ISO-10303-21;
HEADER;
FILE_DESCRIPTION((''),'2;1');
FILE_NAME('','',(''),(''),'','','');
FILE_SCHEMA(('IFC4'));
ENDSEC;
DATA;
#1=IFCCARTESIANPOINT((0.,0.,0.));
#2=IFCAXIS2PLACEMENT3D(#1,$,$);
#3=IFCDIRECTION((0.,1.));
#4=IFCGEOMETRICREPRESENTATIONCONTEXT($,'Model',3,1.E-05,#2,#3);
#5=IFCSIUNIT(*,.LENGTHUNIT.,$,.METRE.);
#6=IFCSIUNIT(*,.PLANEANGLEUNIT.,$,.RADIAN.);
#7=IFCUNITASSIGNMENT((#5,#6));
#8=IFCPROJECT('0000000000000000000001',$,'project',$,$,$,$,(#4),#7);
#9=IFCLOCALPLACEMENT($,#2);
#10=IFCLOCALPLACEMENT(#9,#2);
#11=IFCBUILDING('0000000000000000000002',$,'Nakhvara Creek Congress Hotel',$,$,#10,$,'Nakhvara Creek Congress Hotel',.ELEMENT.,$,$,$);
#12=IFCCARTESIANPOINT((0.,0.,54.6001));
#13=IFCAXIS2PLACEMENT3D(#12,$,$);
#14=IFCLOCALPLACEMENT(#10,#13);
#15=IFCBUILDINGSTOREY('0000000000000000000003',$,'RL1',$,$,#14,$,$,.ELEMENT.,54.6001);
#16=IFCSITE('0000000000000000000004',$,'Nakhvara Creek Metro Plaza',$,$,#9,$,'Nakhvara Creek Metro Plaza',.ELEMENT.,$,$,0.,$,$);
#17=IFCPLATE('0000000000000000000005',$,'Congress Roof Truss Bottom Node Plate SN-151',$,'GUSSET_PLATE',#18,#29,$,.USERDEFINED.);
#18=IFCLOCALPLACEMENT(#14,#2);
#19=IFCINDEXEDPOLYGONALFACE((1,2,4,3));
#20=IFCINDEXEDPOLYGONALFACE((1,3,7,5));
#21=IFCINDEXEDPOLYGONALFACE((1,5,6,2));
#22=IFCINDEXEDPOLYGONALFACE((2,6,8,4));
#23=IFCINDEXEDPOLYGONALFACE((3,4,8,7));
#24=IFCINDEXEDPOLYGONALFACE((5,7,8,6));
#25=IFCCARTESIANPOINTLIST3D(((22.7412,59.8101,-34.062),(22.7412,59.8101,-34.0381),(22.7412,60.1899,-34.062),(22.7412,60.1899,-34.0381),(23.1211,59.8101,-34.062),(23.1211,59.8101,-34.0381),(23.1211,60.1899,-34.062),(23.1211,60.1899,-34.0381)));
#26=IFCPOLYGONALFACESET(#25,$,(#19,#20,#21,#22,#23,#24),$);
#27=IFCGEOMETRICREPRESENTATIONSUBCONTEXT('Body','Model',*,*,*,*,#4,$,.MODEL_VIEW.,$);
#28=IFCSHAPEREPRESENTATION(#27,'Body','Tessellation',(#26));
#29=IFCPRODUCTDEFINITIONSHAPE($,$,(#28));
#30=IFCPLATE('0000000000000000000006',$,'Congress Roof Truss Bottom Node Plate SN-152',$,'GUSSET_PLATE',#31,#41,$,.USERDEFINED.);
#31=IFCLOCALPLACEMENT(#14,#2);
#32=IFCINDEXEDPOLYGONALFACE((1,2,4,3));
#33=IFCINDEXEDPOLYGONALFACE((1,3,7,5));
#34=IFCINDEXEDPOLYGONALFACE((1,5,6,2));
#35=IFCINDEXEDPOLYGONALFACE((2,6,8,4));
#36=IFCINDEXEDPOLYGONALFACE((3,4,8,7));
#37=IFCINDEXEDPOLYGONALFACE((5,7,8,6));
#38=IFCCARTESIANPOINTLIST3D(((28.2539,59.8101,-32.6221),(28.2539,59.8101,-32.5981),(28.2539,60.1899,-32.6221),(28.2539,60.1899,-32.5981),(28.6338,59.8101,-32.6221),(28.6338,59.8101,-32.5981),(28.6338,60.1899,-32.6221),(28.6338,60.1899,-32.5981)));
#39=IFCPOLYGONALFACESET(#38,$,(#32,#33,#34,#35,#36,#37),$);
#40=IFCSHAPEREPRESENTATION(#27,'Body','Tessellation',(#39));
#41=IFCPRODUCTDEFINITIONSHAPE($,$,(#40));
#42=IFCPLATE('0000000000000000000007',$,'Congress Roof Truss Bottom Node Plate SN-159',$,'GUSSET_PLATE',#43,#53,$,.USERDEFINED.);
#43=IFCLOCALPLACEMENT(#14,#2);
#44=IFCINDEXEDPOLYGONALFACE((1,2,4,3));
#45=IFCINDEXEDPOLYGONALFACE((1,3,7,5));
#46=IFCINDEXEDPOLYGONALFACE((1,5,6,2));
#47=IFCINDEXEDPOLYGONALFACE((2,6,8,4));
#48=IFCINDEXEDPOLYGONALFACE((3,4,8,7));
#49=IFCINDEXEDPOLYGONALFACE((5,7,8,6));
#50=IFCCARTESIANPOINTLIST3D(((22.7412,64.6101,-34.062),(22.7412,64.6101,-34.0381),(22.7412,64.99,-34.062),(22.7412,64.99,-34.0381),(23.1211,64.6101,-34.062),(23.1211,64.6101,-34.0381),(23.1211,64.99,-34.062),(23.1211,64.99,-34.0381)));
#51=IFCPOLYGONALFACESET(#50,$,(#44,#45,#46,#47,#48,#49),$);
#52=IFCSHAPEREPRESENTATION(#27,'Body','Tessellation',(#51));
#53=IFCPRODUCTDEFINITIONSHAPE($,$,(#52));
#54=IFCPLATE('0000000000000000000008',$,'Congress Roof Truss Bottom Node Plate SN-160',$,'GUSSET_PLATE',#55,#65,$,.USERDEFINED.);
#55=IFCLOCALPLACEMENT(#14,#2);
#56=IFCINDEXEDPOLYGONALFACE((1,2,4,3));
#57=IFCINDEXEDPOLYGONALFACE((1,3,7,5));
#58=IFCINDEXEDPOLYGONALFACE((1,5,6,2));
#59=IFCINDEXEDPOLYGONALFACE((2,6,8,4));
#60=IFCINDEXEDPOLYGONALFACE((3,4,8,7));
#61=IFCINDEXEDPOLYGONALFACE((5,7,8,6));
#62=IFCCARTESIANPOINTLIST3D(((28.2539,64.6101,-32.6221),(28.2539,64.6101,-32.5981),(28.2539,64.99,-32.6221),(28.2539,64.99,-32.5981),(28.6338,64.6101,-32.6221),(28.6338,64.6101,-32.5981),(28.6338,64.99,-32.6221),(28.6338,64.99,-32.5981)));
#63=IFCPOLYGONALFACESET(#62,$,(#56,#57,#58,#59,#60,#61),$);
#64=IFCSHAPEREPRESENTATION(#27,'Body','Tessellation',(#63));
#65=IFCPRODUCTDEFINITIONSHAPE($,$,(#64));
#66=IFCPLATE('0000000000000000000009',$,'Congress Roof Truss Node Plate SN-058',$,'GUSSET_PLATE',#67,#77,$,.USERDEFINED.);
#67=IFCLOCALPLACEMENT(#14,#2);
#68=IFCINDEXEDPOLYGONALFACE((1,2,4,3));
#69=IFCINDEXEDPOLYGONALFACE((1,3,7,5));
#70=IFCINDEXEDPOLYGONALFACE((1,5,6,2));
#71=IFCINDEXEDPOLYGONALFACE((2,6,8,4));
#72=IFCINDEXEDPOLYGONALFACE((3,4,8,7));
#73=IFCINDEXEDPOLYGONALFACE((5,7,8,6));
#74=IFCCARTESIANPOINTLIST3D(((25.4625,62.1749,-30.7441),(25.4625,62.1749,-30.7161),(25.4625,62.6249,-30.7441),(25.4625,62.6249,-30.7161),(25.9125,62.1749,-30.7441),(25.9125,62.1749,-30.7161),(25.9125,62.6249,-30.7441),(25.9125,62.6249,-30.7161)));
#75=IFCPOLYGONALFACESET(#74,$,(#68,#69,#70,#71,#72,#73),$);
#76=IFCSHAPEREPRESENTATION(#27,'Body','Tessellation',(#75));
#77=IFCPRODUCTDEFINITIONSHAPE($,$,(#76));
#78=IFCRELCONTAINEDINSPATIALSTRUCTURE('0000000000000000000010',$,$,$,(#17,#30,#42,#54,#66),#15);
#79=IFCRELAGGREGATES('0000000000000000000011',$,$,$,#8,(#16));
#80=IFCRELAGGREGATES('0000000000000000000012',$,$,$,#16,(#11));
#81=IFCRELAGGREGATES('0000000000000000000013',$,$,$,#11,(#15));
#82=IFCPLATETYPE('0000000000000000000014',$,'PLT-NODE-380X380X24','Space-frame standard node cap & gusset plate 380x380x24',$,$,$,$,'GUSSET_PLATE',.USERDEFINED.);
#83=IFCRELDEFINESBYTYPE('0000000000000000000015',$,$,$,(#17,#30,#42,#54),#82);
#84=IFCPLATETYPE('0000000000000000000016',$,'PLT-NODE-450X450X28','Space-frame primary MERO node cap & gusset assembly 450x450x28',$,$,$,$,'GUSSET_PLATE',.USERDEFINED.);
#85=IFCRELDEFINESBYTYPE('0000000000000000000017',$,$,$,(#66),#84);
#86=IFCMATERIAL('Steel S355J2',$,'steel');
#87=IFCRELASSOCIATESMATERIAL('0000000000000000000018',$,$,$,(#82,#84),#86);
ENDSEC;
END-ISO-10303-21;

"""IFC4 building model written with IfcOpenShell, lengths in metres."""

from ifc_helpers import new_model, si_unit, direction, frame, origin, origin_2d, place, context, subcontext, project, spatial, rectangle, extrude, material, type_object, element, save


model = new_model("IFC4")

# Units and contexts
model_context = context("Model", 3, precision=1e-05, world=origin(), true_north=direction((0.0, 1.0)))
body_context = subcontext(model_context, "Body", "Model", "MODEL_VIEW")
ifc_project = project(units=[si_unit("LENGTHUNIT", "METRE"), si_unit("PLANEANGLEUNIT", "RADIAN")], contexts=[model_context])

# Site, building, storey
site_placement = place(None, origin())
site = spatial("IfcSite", under=ifc_project, at=site_placement, Name="Nakhvara Creek Metro Plaza", LongName="Nakhvara Creek Metro Plaza", CompositionType="ELEMENT", RefElevation=0.0)
building_placement = place(site_placement, origin())
building = spatial("IfcBuilding", under=site, at=building_placement, Name="Nakhvara Creek Congress Hotel", LongName="Nakhvara Creek Congress Hotel", CompositionType="ELEMENT")
storey_placement = place(building_placement, frame((0.0, 0.0, 54.6001)))
storey = spatial("IfcBuildingStorey", under=building, at=storey_placement, Name="RL1", CompositionType="ELEMENT", Elevation=54.6001)

# Plates
ifc_material_1 = material(Name="Steel S355J2", Category="steel")
plate_type_1 = type_object("IfcPlateType", Name="PLT-NODE-380X380X24", Description="Space-frame standard node cap & gusset plate 380x380x24", ElementType="GUSSET_PLATE", PredefinedType="USERDEFINED", material=ifc_material_1)
for number, where, z_axis, x_axis, name in (
    (1, (22.9312, 60.0, -34.062), (0.0, 0.0, 1.0), (1.0, 0.0, 0.0), "Congress Roof Truss Bottom Node Plate SN-151"),
    (2, (28.4438, 60.0, -32.6221), (0.0, 0.0, 1.0), (1.0, 0.0, 0.0), "Congress Roof Truss Bottom Node Plate SN-152"),
    (3, (22.9312, 64.8, -34.062), (0.0, 0.0, 1.0), (1.0, 0.0, 0.0), "Congress Roof Truss Bottom Node Plate SN-159"),
    (4, (28.4438, 64.8, -32.6221), (0.0, 0.0, 1.0), (1.0, 0.0, 0.0), "Congress Roof Truss Bottom Node Plate SN-160"),
):
    element("IfcPlate", number, at=place(storey_placement, frame(where, z_axis=z_axis, x_axis=x_axis)), inside=storey, type_object=plate_type_1, Name=name, ObjectType="GUSSET_PLATE", PredefinedType="USERDEFINED", context=body_context, shape_type="SweptSolid", body=[
        extrude(rectangle(XDim=0.3799, YDim=0.3799, at=origin_2d()), origin(), (0.0, 0.0, 1.0), 0.0239),
    ])
plate_type_2 = type_object("IfcPlateType", Name="PLT-NODE-450X450X28", Description="Space-frame primary MERO node cap & gusset assembly 450x450x28", ElementType="GUSSET_PLATE", PredefinedType="USERDEFINED", material=ifc_material_1)
plate_placement = place(storey_placement, frame((25.6875, 62.3999, -30.7441), z_axis=(0.0, 0.0, 1.0), x_axis=(1.0, 0.0, 0.0)))
element("IfcPlate", 5, at=plate_placement, inside=storey, type_object=plate_type_2, Name="Congress Roof Truss Node Plate SN-058", ObjectType="GUSSET_PLATE", PredefinedType="USERDEFINED", context=body_context, shape_type="SweptSolid", body=[
    extrude(rectangle(XDim=0.45, YDim=0.45, at=origin_2d()), origin(), (0.0, 0.0, 1.0), 0.0281),
])

save(model, "model.ifc")
